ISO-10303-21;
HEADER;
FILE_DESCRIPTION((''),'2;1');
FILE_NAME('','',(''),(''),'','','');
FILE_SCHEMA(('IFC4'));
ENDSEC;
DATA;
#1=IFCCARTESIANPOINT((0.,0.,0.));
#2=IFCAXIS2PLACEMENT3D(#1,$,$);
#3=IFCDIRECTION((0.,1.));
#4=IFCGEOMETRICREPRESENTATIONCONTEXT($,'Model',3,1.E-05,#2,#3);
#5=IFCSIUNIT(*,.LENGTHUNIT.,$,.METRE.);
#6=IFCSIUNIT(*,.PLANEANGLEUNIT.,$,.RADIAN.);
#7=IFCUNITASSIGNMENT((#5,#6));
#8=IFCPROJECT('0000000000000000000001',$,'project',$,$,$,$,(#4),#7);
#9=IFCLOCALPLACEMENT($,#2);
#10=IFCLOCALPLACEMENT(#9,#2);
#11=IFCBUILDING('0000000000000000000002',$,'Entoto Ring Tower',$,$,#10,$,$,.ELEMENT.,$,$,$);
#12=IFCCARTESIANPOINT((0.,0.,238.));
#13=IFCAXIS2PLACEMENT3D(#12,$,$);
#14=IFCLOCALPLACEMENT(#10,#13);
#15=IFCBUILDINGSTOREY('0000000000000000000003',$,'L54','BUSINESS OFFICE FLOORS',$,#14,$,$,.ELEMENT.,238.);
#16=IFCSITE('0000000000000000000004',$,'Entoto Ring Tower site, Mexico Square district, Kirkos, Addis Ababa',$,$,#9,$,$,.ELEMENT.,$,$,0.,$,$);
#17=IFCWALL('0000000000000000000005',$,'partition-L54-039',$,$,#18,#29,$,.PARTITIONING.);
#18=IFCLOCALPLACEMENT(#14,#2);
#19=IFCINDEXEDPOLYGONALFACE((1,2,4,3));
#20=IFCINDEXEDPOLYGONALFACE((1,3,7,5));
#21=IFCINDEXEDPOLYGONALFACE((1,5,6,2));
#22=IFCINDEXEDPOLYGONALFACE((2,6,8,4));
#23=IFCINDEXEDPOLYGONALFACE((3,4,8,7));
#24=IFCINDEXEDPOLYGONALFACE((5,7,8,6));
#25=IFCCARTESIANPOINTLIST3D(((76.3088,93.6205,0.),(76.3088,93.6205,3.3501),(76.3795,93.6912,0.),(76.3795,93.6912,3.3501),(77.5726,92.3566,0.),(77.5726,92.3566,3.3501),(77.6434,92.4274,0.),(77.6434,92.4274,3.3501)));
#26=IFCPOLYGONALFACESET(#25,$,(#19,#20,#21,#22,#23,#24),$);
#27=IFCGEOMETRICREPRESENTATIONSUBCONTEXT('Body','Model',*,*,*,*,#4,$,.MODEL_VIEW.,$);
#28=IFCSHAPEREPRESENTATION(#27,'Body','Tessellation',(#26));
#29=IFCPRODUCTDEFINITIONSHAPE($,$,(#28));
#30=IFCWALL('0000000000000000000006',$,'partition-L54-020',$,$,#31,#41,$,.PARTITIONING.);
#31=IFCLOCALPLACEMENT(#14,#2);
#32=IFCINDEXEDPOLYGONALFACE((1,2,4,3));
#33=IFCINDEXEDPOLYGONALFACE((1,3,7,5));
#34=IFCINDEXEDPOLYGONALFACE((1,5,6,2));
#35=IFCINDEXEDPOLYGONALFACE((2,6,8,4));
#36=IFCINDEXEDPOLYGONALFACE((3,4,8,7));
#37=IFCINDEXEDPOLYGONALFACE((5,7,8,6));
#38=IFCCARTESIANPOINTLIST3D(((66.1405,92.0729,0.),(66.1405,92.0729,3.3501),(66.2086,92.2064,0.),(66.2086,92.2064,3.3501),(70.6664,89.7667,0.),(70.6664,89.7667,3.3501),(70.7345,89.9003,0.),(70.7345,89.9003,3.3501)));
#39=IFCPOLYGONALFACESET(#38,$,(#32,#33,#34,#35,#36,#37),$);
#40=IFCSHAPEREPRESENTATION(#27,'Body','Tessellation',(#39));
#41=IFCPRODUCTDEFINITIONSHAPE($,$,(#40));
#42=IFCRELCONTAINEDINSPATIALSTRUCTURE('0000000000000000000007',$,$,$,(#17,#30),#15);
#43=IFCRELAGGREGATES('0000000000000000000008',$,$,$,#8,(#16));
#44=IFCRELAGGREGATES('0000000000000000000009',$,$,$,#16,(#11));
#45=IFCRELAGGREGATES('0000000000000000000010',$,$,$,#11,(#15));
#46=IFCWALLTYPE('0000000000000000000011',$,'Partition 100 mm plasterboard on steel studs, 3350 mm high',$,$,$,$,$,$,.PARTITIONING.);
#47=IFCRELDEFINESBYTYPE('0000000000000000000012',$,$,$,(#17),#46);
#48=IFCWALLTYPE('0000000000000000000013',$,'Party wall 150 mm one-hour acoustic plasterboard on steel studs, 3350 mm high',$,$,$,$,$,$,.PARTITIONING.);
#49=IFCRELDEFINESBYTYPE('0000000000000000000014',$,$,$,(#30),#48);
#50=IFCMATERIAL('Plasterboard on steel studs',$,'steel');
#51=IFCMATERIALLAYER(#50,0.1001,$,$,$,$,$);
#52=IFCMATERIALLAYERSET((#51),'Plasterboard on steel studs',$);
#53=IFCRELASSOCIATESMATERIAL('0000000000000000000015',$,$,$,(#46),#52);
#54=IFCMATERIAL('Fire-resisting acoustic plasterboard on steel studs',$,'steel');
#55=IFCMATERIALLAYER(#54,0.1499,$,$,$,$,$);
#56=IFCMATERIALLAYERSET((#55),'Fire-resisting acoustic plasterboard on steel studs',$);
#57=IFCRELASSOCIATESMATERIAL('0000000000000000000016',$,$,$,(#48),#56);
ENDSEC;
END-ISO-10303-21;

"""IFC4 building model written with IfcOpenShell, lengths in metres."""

from ifc_helpers import new_model, si_unit, direction, frame, frame_2d, origin, place, context, subcontext, project, spatial, rectangle, extrude, material, layer, layer_set, type_object, element, save


model = new_model("IFC4")

# Units and contexts
model_context = context("Model", 3, precision=1e-05, world=origin(), true_north=direction((0.0, 1.0)))
body_context = subcontext(model_context, "Body", "Model", "MODEL_VIEW")
ifc_project = project(units=[si_unit("LENGTHUNIT", "METRE"), si_unit("PLANEANGLEUNIT", "RADIAN")], contexts=[model_context])

# Site, building, storey
site_placement = place(None, origin())
site = spatial("IfcSite", under=ifc_project, at=site_placement, Name="Entoto Ring Tower site, Mexico Square district, Kirkos, Addis Ababa", CompositionType="ELEMENT", RefElevation=0.0)
building_placement = place(site_placement, origin())
building = spatial("IfcBuilding", under=site, at=building_placement, Name="Entoto Ring Tower", CompositionType="ELEMENT")
storey_placement = place(building_placement, frame((0.0, 0.0, 238.0)))
storey = spatial("IfcBuildingStorey", under=building, at=storey_placement, Name="L54", Description="BUSINESS OFFICE FLOORS", CompositionType="ELEMENT", Elevation=238.0)

# Walls
ifc_material_1 = material(Name="Plasterboard on steel studs", Category="steel")
ifc_layer_1 = layer(ifc_material_1, 0.1001)
ifc_layer_set_1 = layer_set([ifc_layer_1], Name="Plasterboard on steel studs")
wall_type_1 = type_object("IfcWallType", Name="Partition 100 mm plasterboard on steel studs, 3350 mm high", PredefinedType="PARTITIONING", material=ifc_layer_set_1)
wall_1_placement = place(storey_placement, frame((77.6079, 92.3921, 0.0), z_axis=(0.0, 0.0, 1.0), x_axis=(-0.707107, 0.707107, 0.0)))
element("IfcWall", 1, at=wall_1_placement, inside=storey, type_object=wall_type_1, Name="partition-L54-039", PredefinedType="PARTITIONING", context=body_context, shape_type="SweptSolid", body=[
    extrude(rectangle(XDim=1.7874, YDim=0.1001, at=frame_2d((0.8936, 0.0))), origin(), (0.0, 0.0, 1.0), 3.3501),
])
ifc_material_2 = material(Name="Fire-resisting acoustic plasterboard on steel studs", Category="steel")
ifc_layer_2 = layer(ifc_material_2, 0.1499)
ifc_layer_set_2 = layer_set([ifc_layer_2], Name="Fire-resisting acoustic plasterboard on steel studs")
wall_type_2 = type_object("IfcWallType", Name="Party wall 150 mm one-hour acoustic plasterboard on steel studs, 3350 mm high", PredefinedType="PARTITIONING", material=ifc_layer_set_2)
wall_2_placement = place(storey_placement, frame((70.7004, 89.8335, 0.0), z_axis=(0.0, 0.0, 1.0), x_axis=(-0.890998, 0.454006, 0.0)))
element("IfcWall", 2, at=wall_2_placement, inside=storey, type_object=wall_type_2, Name="partition-L54-020", PredefinedType="PARTITIONING", context=body_context, shape_type="SweptSolid", body=[
    extrude(rectangle(XDim=5.0796, YDim=0.1499, at=frame_2d((2.5398, 0.0))), origin(), (0.0, 0.0, 1.0), 3.3501),
])

save(model, "model.ifc")
